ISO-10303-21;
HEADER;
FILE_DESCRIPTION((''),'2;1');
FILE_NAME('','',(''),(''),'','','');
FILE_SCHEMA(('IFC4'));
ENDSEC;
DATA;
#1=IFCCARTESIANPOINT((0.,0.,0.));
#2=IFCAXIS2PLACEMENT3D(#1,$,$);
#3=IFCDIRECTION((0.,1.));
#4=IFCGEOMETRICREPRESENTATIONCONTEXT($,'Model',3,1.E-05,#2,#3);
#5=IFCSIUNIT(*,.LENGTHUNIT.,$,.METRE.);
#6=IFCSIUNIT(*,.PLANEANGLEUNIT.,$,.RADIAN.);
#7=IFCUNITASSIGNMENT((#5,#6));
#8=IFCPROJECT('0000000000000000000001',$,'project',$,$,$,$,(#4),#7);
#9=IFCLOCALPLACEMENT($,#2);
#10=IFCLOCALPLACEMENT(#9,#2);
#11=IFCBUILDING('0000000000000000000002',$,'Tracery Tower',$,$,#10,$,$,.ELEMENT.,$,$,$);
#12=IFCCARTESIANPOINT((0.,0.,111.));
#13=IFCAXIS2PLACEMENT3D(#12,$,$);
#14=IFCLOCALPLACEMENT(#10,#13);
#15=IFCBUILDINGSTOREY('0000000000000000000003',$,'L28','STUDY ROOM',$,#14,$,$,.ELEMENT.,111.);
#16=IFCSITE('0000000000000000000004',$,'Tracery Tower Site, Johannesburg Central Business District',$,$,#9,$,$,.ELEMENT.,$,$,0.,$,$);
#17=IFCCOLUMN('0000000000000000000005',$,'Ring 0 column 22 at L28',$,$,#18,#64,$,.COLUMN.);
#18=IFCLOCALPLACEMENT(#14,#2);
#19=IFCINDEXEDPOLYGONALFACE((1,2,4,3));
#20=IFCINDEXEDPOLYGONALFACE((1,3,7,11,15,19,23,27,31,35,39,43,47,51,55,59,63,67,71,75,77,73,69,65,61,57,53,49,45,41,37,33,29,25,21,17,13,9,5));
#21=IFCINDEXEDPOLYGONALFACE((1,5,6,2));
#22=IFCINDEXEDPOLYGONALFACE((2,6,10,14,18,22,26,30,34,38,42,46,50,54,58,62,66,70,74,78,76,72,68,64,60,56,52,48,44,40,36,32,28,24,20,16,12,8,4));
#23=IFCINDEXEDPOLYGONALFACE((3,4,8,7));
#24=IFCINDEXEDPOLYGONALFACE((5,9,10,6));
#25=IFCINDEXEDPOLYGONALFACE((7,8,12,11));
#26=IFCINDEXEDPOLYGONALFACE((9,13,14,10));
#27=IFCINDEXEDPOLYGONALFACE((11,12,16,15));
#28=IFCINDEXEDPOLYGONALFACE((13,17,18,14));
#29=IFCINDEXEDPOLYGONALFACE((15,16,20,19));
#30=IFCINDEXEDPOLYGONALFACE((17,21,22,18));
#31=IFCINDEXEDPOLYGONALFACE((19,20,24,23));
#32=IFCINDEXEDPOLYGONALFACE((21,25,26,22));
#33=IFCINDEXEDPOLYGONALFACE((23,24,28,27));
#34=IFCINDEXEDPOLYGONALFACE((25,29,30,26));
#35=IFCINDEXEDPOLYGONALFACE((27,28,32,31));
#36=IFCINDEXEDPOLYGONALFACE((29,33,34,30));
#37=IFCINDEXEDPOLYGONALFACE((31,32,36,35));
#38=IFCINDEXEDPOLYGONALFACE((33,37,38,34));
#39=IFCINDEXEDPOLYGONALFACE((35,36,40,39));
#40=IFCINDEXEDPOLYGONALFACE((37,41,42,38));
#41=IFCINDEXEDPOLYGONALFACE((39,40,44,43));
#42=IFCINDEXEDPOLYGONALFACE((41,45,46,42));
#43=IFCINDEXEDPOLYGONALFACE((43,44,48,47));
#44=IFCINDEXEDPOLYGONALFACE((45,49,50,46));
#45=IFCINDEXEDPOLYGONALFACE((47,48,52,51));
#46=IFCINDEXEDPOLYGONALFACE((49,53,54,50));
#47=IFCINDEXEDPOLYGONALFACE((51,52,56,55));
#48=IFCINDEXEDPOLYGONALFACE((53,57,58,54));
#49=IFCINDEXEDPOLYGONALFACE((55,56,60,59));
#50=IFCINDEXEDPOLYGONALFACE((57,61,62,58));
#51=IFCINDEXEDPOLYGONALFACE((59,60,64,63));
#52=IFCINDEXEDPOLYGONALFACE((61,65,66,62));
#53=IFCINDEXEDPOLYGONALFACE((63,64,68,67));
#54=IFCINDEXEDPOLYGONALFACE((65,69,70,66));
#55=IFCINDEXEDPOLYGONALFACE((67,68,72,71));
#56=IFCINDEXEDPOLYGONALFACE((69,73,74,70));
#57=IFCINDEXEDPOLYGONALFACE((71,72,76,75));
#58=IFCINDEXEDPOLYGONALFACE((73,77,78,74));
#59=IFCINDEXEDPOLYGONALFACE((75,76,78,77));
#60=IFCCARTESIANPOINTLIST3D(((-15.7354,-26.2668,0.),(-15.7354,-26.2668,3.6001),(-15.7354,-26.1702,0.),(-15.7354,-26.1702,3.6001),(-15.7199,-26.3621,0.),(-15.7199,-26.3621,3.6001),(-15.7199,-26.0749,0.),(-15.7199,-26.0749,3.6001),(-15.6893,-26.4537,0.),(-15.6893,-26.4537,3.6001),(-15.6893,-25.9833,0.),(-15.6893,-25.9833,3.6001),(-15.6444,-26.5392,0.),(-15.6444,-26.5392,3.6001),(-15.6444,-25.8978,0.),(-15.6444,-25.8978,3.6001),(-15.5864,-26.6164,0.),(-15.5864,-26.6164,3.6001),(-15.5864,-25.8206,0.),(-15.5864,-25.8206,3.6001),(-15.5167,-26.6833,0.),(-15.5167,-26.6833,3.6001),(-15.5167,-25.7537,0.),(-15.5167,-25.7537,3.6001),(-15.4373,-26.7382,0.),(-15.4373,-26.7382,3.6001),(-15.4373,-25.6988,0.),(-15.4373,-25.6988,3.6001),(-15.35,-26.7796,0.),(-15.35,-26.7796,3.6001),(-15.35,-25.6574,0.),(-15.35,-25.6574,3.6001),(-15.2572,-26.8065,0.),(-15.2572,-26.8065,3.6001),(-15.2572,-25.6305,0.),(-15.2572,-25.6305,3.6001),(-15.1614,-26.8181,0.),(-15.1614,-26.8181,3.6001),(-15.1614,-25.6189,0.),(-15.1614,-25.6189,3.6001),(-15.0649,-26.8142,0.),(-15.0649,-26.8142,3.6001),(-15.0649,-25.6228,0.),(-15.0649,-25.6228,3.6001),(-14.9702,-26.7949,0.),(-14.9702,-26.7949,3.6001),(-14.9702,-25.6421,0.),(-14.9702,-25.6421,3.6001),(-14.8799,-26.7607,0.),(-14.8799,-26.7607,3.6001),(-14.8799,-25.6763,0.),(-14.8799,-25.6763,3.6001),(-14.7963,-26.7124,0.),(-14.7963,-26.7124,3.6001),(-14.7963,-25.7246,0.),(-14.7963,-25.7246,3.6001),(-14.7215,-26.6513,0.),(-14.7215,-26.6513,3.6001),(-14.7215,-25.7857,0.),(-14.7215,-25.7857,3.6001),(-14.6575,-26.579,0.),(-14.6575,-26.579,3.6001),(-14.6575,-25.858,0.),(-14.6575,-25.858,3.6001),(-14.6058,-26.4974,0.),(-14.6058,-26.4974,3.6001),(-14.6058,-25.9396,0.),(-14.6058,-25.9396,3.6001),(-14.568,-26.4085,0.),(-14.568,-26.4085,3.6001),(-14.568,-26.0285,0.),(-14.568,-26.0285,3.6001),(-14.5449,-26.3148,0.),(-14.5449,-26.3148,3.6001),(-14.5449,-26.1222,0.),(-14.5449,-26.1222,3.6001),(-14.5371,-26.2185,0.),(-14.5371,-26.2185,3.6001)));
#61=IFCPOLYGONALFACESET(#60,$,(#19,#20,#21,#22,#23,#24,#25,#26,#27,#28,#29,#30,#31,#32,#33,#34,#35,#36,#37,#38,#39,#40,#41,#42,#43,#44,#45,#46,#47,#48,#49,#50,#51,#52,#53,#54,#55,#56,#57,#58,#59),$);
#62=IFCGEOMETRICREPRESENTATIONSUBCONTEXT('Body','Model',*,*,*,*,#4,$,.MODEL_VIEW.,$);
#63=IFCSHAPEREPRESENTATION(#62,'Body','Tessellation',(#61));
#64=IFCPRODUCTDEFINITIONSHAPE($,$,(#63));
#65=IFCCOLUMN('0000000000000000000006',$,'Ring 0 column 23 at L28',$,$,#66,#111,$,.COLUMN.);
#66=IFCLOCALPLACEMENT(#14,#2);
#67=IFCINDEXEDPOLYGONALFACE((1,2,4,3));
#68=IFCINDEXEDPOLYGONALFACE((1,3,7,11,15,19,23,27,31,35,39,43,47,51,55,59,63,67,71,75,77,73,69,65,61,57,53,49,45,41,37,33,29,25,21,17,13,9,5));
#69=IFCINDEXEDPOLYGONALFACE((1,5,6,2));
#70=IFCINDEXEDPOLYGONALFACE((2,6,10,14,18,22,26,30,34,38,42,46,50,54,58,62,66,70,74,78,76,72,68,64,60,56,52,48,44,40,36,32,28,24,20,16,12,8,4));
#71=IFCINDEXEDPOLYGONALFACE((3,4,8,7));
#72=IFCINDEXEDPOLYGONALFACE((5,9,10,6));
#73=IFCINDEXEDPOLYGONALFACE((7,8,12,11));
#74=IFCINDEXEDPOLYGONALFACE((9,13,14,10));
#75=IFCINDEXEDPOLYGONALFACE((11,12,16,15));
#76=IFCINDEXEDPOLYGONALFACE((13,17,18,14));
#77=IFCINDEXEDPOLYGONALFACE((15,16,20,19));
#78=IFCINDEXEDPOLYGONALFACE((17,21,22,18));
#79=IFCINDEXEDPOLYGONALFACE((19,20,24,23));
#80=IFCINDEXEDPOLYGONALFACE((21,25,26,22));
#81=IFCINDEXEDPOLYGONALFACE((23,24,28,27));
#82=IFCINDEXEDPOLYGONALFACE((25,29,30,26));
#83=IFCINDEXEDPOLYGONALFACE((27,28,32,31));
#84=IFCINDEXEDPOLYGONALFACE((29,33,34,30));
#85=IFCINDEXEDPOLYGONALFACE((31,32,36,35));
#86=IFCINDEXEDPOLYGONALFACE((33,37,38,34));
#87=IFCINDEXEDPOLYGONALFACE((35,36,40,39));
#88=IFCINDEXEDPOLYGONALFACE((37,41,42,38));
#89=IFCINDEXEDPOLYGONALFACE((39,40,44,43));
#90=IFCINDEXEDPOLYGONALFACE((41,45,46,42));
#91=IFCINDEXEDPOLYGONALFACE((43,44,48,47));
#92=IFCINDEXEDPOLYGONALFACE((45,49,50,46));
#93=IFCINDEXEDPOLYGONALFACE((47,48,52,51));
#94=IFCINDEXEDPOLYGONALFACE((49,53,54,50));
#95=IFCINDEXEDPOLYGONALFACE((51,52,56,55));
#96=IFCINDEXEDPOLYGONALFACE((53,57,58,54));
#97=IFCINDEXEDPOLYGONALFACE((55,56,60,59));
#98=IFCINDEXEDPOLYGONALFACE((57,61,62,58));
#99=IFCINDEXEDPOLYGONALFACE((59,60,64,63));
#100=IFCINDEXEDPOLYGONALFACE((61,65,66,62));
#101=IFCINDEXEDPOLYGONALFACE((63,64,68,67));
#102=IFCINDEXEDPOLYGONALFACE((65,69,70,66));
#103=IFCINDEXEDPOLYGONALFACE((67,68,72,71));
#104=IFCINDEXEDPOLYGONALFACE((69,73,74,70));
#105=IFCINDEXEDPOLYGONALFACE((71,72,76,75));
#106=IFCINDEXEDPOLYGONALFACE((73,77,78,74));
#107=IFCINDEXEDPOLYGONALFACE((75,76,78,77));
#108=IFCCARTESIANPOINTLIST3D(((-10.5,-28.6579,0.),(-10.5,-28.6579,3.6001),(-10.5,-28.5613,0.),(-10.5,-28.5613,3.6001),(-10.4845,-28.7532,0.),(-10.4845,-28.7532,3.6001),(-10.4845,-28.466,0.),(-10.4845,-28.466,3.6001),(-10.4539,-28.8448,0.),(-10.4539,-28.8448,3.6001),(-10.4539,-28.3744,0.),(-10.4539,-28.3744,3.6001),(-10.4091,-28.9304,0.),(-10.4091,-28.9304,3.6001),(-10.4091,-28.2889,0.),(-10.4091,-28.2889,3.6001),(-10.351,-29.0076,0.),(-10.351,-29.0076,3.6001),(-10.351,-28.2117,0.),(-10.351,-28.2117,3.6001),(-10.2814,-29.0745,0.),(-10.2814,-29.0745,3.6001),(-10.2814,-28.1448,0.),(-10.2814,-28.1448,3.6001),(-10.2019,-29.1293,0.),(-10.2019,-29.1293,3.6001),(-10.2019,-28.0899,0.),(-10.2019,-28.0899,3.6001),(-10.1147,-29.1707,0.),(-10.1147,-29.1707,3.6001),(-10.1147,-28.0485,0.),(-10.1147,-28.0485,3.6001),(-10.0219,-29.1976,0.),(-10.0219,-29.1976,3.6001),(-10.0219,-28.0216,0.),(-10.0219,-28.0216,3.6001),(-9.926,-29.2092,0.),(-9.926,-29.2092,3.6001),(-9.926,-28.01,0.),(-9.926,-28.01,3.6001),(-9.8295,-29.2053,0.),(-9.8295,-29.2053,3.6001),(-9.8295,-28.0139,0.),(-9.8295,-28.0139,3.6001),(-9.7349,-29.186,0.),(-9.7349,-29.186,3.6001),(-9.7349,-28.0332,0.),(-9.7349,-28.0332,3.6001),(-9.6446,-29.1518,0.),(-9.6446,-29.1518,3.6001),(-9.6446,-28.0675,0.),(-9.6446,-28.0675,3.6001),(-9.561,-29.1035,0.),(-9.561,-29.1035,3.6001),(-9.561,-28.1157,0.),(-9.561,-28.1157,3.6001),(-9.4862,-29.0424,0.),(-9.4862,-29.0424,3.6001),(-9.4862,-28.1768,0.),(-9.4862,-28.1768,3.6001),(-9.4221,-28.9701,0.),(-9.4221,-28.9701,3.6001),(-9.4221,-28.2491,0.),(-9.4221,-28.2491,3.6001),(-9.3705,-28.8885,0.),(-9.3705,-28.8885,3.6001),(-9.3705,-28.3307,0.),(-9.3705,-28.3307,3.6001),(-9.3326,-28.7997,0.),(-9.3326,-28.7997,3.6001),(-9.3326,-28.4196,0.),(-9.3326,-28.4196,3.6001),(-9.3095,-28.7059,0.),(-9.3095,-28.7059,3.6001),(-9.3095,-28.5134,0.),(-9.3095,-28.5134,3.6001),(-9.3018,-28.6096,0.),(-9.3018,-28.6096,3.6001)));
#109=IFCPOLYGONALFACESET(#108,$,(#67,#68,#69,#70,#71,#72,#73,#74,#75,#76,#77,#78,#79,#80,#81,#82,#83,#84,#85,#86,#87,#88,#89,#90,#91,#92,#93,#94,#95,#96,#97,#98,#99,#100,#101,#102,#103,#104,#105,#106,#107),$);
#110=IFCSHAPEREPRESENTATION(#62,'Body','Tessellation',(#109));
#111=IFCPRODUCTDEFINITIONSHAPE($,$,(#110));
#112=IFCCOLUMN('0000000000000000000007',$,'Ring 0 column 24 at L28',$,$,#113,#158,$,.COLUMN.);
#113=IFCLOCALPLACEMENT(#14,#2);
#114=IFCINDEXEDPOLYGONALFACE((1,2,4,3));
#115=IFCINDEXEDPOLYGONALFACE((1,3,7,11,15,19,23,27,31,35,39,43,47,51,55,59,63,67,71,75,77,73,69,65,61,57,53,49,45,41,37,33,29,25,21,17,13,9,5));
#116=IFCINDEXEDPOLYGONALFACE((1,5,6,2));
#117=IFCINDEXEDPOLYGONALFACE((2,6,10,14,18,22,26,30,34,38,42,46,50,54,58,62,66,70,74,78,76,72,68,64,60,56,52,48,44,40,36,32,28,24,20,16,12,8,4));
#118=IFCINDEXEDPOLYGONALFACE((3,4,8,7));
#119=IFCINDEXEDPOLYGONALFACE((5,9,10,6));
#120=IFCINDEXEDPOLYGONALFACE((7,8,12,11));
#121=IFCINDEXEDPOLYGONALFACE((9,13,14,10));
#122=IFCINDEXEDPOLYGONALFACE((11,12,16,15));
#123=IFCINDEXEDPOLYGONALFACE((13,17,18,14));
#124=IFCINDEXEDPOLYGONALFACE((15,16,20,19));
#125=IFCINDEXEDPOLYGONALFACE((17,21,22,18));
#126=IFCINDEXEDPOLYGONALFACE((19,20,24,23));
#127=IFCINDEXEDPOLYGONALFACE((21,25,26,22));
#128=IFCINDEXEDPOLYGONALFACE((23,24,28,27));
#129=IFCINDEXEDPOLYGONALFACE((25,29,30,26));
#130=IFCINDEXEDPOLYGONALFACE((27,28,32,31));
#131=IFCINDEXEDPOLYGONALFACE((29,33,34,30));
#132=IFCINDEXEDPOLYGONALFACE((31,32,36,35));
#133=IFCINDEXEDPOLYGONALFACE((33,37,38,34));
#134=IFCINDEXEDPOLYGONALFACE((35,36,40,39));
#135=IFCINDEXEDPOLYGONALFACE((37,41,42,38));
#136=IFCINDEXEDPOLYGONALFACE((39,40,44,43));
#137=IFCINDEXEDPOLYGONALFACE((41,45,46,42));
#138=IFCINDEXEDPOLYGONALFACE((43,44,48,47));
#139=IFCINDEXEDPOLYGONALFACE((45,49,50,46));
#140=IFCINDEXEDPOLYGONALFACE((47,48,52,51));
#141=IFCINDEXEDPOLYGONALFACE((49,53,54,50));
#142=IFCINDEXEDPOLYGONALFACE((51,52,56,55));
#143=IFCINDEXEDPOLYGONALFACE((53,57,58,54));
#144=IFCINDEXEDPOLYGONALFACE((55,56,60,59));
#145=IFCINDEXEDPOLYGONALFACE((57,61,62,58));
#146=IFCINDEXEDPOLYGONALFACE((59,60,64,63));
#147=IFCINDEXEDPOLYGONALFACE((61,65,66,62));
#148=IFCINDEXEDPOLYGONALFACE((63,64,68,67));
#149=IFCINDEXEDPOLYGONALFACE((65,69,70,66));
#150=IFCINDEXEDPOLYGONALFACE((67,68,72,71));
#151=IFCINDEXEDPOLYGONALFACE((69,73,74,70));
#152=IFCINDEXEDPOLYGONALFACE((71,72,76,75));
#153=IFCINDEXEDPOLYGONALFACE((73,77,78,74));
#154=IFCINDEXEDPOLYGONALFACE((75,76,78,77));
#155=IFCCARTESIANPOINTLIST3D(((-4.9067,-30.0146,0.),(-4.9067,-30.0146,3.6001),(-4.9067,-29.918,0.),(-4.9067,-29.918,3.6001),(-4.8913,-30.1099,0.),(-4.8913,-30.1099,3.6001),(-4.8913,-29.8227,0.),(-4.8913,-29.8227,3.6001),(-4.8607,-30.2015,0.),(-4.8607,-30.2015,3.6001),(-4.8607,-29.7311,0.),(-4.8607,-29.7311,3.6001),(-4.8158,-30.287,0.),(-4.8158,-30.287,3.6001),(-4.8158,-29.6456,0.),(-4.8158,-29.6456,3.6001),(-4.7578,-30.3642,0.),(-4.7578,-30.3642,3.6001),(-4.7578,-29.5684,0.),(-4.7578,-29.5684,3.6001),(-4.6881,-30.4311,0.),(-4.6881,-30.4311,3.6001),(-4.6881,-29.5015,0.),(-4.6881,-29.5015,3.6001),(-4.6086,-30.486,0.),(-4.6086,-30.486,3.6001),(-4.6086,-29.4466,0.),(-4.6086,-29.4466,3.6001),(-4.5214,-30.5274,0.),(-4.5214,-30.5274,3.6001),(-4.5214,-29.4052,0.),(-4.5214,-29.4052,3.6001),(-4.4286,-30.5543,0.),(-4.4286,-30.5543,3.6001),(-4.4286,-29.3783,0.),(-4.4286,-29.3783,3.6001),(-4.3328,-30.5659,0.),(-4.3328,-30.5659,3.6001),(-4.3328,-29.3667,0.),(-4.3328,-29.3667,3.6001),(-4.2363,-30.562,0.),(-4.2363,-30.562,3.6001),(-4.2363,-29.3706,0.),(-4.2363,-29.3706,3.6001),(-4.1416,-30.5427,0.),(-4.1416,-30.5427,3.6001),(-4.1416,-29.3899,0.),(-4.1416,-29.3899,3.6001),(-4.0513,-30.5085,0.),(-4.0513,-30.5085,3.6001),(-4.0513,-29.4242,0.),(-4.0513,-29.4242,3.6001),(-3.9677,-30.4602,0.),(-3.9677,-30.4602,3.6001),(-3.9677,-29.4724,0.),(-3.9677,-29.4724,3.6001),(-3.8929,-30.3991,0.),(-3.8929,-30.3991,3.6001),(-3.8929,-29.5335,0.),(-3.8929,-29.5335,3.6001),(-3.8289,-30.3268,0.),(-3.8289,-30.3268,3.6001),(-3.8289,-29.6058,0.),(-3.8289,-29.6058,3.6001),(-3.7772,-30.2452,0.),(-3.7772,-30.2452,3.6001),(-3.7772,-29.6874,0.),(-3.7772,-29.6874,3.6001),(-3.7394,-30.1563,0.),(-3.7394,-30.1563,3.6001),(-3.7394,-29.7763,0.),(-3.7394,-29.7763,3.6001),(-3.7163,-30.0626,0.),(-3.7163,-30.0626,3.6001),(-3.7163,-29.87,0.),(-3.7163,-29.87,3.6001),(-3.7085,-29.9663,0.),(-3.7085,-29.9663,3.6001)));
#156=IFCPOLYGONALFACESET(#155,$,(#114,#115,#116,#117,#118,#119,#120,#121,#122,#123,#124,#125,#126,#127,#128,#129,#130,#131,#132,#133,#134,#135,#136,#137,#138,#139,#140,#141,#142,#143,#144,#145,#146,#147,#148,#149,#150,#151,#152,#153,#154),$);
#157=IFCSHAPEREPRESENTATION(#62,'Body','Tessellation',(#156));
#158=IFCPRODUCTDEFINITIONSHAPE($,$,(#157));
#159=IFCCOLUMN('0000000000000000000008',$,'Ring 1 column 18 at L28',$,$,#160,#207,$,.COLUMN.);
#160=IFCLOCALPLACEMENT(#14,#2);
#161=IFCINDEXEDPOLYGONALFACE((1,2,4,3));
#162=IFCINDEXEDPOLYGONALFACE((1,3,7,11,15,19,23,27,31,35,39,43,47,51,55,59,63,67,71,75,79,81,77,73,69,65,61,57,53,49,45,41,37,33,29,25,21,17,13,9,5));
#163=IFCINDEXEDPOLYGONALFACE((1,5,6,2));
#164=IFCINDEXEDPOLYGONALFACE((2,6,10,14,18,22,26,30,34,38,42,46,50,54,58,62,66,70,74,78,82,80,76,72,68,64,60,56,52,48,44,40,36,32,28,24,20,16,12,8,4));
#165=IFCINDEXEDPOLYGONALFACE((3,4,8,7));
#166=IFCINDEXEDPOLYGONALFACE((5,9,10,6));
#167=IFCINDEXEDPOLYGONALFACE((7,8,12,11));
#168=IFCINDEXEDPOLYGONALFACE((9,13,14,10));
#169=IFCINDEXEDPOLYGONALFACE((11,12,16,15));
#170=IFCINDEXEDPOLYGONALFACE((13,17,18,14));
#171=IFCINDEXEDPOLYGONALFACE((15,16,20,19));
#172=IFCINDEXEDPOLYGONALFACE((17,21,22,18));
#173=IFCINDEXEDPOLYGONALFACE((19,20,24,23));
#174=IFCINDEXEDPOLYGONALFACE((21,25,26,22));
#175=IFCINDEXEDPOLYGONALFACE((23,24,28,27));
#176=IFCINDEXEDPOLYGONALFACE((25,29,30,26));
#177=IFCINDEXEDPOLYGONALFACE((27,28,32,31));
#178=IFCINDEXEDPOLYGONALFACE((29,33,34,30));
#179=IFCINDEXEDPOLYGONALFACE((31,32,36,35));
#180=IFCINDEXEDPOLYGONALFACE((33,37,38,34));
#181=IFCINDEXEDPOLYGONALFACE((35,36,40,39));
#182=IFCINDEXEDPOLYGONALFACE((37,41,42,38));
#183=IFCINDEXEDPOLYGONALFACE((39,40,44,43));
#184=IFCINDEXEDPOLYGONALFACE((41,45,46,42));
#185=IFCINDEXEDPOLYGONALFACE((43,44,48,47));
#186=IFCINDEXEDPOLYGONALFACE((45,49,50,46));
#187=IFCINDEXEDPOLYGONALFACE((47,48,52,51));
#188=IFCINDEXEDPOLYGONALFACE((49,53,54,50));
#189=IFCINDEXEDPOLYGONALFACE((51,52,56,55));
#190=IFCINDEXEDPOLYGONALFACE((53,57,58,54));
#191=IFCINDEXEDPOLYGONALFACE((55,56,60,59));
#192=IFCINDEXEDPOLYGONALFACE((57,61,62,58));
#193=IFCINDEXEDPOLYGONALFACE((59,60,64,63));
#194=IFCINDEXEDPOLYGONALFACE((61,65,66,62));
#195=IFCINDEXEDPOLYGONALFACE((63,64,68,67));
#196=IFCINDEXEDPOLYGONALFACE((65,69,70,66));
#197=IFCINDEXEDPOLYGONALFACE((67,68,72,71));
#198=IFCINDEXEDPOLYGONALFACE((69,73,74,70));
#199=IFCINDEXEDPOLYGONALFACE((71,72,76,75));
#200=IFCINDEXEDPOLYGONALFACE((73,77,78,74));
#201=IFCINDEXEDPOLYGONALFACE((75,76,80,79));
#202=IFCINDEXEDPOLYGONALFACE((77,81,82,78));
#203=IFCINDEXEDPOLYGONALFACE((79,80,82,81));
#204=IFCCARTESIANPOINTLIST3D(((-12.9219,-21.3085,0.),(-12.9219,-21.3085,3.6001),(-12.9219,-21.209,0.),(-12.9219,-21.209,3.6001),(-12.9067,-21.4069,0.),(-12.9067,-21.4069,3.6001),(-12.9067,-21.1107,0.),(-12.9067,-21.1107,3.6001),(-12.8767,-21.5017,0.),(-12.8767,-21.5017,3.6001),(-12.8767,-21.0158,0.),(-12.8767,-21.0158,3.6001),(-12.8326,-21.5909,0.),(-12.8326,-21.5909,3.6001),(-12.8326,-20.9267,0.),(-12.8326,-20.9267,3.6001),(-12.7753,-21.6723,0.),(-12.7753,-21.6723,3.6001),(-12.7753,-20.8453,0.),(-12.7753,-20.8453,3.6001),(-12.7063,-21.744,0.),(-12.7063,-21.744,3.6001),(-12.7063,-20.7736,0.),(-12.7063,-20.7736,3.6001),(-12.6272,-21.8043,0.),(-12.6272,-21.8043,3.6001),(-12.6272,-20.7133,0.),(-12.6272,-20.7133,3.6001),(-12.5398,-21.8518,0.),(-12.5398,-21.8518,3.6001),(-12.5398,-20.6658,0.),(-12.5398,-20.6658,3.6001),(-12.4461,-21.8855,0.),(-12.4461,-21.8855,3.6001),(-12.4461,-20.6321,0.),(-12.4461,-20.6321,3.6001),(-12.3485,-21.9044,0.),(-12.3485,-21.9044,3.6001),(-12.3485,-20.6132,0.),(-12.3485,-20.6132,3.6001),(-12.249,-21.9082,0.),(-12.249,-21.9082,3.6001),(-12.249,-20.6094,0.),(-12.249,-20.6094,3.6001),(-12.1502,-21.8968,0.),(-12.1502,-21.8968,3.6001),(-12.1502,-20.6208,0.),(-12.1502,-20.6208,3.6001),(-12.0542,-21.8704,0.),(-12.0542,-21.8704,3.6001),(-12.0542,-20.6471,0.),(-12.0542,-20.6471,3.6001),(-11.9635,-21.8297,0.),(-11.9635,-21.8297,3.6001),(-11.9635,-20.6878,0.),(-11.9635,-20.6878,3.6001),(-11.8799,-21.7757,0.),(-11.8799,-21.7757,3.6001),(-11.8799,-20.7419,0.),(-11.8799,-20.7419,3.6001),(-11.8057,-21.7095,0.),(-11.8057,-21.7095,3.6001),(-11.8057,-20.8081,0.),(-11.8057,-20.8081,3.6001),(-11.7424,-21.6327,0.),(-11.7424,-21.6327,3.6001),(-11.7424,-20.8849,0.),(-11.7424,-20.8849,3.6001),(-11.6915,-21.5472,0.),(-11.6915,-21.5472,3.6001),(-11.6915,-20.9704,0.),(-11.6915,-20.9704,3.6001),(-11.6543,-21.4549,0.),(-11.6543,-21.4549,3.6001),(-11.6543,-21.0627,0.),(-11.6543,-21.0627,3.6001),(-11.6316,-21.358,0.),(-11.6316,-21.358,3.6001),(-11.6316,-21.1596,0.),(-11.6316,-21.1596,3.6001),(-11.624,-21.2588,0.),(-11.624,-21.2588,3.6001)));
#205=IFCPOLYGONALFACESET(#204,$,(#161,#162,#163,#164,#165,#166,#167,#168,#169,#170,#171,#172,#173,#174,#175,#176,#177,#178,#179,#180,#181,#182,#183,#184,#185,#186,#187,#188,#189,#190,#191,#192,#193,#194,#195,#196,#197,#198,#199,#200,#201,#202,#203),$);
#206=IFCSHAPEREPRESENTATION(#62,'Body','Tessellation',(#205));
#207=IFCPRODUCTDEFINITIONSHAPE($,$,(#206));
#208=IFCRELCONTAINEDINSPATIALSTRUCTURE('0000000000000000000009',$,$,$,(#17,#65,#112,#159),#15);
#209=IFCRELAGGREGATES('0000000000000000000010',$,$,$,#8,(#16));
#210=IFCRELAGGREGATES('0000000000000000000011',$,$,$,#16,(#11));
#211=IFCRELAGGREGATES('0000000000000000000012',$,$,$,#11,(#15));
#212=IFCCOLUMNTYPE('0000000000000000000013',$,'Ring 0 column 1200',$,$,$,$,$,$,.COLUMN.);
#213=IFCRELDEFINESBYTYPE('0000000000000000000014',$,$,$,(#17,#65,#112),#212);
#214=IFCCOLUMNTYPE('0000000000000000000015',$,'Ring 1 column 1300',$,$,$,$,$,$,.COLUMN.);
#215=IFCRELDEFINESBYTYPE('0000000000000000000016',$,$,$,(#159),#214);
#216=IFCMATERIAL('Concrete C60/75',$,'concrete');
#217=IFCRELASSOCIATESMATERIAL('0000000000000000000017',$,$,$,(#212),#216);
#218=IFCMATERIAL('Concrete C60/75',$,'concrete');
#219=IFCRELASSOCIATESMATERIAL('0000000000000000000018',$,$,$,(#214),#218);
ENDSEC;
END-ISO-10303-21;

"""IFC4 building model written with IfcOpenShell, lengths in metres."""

from ifc_helpers import new_model, si_unit, direction, frame, origin, origin_2d, place, context, subcontext, project, spatial, circle, extrude, material, material_profile, profile_set, type_object, element, save


model = new_model("IFC4")

# Units and contexts
model_context = context("Model", 3, precision=1e-05, world=origin(), true_north=direction((0.0, 1.0)))
body_context = subcontext(model_context, "Body", "Model", "MODEL_VIEW")
ifc_project = project(units=[si_unit("LENGTHUNIT", "METRE"), si_unit("PLANEANGLEUNIT", "RADIAN")], contexts=[model_context])

# Site, building, storey
site_placement = place(None, origin())
site = spatial("IfcSite", under=ifc_project, at=site_placement, Name="Tracery Tower Site, Johannesburg Central Business District", CompositionType="ELEMENT", RefElevation=0.0)
building_placement = place(site_placement, origin())
building = spatial("IfcBuilding", under=site, at=building_placement, Name="Tracery Tower", CompositionType="ELEMENT")
storey_placement = place(building_placement, frame((0.0, 0.0, 111.0)))
storey = spatial("IfcBuildingStorey", under=building, at=storey_placement, Name="L28", Description="STUDY ROOM", CompositionType="ELEMENT", Elevation=111.0)

# Columns
ifc_material_1 = material(Name="Concrete C60/75", Category="concrete")
ifc_material_profile_1 = material_profile(ifc_material_1, circle(Radius=0.6001, at=origin_2d()), Name="RC D1200")
ifc_profile_set_1 = profile_set([ifc_material_profile_1], Name="Concrete C60/75")
column_type_1 = type_object("IfcColumnType", Name="Ring 0 column 1200", PredefinedType="COLUMN", material=ifc_profile_set_1)
for number, where, z_axis, x_axis, name in (
    (1, (-15.1372, -26.2185, 0.0), (0.0, 0.0, 1.0), (1.0, 0.0, 0.0), "Ring 0 column 22 at L28"),
    (2, (-9.9019, -28.6096, 0.0), (0.0, 0.0, 1.0), (1.0, 0.0, 0.0), "Ring 0 column 23 at L28"),
    (3, (-4.3086, -29.9663, 0.0), (0.0, 0.0, 1.0), (1.0, 0.0, 0.0), "Ring 0 column 24 at L28"),
):
    element("IfcColumn", number, at=place(storey_placement, frame(where, z_axis=z_axis, x_axis=x_axis)), inside=storey, type_object=column_type_1, Name=name, PredefinedType="COLUMN", context=body_context, shape_type="SweptSolid", body=[
        extrude(circle(Radius=0.6001, at=origin_2d()), origin(), (0.0, 0.0, 1.0), 3.6001),
    ])
ifc_material_2 = material(Name="Concrete C60/75", Category="concrete")
ifc_material_profile_2 = material_profile(ifc_material_2, circle(Radius=0.6499, at=origin_2d()), Name="RC D1300")
ifc_profile_set_2 = profile_set([ifc_material_profile_2], Name="Concrete C60/75")
column_type_2 = type_object("IfcColumnType", Name="Ring 1 column 1300", PredefinedType="COLUMN", material=ifc_profile_set_2)
for number, where, z_axis, x_axis, name in (
    (4, (-12.2739, -21.2588, 0.0), (0.0, 0.0, 1.0), (1.0, 0.0, 0.0), "Ring 1 column 18 at L28"),
):
    element("IfcColumn", number, at=place(storey_placement, frame(where, z_axis=z_axis, x_axis=x_axis)), inside=storey, type_object=column_type_2, Name=name, PredefinedType="COLUMN", context=body_context, shape_type="SweptSolid", body=[
        extrude(circle(Radius=0.6499, at=origin_2d()), origin(), (0.0, 0.0, 1.0), 3.6001),
    ])

save(model, "model.ifc")
